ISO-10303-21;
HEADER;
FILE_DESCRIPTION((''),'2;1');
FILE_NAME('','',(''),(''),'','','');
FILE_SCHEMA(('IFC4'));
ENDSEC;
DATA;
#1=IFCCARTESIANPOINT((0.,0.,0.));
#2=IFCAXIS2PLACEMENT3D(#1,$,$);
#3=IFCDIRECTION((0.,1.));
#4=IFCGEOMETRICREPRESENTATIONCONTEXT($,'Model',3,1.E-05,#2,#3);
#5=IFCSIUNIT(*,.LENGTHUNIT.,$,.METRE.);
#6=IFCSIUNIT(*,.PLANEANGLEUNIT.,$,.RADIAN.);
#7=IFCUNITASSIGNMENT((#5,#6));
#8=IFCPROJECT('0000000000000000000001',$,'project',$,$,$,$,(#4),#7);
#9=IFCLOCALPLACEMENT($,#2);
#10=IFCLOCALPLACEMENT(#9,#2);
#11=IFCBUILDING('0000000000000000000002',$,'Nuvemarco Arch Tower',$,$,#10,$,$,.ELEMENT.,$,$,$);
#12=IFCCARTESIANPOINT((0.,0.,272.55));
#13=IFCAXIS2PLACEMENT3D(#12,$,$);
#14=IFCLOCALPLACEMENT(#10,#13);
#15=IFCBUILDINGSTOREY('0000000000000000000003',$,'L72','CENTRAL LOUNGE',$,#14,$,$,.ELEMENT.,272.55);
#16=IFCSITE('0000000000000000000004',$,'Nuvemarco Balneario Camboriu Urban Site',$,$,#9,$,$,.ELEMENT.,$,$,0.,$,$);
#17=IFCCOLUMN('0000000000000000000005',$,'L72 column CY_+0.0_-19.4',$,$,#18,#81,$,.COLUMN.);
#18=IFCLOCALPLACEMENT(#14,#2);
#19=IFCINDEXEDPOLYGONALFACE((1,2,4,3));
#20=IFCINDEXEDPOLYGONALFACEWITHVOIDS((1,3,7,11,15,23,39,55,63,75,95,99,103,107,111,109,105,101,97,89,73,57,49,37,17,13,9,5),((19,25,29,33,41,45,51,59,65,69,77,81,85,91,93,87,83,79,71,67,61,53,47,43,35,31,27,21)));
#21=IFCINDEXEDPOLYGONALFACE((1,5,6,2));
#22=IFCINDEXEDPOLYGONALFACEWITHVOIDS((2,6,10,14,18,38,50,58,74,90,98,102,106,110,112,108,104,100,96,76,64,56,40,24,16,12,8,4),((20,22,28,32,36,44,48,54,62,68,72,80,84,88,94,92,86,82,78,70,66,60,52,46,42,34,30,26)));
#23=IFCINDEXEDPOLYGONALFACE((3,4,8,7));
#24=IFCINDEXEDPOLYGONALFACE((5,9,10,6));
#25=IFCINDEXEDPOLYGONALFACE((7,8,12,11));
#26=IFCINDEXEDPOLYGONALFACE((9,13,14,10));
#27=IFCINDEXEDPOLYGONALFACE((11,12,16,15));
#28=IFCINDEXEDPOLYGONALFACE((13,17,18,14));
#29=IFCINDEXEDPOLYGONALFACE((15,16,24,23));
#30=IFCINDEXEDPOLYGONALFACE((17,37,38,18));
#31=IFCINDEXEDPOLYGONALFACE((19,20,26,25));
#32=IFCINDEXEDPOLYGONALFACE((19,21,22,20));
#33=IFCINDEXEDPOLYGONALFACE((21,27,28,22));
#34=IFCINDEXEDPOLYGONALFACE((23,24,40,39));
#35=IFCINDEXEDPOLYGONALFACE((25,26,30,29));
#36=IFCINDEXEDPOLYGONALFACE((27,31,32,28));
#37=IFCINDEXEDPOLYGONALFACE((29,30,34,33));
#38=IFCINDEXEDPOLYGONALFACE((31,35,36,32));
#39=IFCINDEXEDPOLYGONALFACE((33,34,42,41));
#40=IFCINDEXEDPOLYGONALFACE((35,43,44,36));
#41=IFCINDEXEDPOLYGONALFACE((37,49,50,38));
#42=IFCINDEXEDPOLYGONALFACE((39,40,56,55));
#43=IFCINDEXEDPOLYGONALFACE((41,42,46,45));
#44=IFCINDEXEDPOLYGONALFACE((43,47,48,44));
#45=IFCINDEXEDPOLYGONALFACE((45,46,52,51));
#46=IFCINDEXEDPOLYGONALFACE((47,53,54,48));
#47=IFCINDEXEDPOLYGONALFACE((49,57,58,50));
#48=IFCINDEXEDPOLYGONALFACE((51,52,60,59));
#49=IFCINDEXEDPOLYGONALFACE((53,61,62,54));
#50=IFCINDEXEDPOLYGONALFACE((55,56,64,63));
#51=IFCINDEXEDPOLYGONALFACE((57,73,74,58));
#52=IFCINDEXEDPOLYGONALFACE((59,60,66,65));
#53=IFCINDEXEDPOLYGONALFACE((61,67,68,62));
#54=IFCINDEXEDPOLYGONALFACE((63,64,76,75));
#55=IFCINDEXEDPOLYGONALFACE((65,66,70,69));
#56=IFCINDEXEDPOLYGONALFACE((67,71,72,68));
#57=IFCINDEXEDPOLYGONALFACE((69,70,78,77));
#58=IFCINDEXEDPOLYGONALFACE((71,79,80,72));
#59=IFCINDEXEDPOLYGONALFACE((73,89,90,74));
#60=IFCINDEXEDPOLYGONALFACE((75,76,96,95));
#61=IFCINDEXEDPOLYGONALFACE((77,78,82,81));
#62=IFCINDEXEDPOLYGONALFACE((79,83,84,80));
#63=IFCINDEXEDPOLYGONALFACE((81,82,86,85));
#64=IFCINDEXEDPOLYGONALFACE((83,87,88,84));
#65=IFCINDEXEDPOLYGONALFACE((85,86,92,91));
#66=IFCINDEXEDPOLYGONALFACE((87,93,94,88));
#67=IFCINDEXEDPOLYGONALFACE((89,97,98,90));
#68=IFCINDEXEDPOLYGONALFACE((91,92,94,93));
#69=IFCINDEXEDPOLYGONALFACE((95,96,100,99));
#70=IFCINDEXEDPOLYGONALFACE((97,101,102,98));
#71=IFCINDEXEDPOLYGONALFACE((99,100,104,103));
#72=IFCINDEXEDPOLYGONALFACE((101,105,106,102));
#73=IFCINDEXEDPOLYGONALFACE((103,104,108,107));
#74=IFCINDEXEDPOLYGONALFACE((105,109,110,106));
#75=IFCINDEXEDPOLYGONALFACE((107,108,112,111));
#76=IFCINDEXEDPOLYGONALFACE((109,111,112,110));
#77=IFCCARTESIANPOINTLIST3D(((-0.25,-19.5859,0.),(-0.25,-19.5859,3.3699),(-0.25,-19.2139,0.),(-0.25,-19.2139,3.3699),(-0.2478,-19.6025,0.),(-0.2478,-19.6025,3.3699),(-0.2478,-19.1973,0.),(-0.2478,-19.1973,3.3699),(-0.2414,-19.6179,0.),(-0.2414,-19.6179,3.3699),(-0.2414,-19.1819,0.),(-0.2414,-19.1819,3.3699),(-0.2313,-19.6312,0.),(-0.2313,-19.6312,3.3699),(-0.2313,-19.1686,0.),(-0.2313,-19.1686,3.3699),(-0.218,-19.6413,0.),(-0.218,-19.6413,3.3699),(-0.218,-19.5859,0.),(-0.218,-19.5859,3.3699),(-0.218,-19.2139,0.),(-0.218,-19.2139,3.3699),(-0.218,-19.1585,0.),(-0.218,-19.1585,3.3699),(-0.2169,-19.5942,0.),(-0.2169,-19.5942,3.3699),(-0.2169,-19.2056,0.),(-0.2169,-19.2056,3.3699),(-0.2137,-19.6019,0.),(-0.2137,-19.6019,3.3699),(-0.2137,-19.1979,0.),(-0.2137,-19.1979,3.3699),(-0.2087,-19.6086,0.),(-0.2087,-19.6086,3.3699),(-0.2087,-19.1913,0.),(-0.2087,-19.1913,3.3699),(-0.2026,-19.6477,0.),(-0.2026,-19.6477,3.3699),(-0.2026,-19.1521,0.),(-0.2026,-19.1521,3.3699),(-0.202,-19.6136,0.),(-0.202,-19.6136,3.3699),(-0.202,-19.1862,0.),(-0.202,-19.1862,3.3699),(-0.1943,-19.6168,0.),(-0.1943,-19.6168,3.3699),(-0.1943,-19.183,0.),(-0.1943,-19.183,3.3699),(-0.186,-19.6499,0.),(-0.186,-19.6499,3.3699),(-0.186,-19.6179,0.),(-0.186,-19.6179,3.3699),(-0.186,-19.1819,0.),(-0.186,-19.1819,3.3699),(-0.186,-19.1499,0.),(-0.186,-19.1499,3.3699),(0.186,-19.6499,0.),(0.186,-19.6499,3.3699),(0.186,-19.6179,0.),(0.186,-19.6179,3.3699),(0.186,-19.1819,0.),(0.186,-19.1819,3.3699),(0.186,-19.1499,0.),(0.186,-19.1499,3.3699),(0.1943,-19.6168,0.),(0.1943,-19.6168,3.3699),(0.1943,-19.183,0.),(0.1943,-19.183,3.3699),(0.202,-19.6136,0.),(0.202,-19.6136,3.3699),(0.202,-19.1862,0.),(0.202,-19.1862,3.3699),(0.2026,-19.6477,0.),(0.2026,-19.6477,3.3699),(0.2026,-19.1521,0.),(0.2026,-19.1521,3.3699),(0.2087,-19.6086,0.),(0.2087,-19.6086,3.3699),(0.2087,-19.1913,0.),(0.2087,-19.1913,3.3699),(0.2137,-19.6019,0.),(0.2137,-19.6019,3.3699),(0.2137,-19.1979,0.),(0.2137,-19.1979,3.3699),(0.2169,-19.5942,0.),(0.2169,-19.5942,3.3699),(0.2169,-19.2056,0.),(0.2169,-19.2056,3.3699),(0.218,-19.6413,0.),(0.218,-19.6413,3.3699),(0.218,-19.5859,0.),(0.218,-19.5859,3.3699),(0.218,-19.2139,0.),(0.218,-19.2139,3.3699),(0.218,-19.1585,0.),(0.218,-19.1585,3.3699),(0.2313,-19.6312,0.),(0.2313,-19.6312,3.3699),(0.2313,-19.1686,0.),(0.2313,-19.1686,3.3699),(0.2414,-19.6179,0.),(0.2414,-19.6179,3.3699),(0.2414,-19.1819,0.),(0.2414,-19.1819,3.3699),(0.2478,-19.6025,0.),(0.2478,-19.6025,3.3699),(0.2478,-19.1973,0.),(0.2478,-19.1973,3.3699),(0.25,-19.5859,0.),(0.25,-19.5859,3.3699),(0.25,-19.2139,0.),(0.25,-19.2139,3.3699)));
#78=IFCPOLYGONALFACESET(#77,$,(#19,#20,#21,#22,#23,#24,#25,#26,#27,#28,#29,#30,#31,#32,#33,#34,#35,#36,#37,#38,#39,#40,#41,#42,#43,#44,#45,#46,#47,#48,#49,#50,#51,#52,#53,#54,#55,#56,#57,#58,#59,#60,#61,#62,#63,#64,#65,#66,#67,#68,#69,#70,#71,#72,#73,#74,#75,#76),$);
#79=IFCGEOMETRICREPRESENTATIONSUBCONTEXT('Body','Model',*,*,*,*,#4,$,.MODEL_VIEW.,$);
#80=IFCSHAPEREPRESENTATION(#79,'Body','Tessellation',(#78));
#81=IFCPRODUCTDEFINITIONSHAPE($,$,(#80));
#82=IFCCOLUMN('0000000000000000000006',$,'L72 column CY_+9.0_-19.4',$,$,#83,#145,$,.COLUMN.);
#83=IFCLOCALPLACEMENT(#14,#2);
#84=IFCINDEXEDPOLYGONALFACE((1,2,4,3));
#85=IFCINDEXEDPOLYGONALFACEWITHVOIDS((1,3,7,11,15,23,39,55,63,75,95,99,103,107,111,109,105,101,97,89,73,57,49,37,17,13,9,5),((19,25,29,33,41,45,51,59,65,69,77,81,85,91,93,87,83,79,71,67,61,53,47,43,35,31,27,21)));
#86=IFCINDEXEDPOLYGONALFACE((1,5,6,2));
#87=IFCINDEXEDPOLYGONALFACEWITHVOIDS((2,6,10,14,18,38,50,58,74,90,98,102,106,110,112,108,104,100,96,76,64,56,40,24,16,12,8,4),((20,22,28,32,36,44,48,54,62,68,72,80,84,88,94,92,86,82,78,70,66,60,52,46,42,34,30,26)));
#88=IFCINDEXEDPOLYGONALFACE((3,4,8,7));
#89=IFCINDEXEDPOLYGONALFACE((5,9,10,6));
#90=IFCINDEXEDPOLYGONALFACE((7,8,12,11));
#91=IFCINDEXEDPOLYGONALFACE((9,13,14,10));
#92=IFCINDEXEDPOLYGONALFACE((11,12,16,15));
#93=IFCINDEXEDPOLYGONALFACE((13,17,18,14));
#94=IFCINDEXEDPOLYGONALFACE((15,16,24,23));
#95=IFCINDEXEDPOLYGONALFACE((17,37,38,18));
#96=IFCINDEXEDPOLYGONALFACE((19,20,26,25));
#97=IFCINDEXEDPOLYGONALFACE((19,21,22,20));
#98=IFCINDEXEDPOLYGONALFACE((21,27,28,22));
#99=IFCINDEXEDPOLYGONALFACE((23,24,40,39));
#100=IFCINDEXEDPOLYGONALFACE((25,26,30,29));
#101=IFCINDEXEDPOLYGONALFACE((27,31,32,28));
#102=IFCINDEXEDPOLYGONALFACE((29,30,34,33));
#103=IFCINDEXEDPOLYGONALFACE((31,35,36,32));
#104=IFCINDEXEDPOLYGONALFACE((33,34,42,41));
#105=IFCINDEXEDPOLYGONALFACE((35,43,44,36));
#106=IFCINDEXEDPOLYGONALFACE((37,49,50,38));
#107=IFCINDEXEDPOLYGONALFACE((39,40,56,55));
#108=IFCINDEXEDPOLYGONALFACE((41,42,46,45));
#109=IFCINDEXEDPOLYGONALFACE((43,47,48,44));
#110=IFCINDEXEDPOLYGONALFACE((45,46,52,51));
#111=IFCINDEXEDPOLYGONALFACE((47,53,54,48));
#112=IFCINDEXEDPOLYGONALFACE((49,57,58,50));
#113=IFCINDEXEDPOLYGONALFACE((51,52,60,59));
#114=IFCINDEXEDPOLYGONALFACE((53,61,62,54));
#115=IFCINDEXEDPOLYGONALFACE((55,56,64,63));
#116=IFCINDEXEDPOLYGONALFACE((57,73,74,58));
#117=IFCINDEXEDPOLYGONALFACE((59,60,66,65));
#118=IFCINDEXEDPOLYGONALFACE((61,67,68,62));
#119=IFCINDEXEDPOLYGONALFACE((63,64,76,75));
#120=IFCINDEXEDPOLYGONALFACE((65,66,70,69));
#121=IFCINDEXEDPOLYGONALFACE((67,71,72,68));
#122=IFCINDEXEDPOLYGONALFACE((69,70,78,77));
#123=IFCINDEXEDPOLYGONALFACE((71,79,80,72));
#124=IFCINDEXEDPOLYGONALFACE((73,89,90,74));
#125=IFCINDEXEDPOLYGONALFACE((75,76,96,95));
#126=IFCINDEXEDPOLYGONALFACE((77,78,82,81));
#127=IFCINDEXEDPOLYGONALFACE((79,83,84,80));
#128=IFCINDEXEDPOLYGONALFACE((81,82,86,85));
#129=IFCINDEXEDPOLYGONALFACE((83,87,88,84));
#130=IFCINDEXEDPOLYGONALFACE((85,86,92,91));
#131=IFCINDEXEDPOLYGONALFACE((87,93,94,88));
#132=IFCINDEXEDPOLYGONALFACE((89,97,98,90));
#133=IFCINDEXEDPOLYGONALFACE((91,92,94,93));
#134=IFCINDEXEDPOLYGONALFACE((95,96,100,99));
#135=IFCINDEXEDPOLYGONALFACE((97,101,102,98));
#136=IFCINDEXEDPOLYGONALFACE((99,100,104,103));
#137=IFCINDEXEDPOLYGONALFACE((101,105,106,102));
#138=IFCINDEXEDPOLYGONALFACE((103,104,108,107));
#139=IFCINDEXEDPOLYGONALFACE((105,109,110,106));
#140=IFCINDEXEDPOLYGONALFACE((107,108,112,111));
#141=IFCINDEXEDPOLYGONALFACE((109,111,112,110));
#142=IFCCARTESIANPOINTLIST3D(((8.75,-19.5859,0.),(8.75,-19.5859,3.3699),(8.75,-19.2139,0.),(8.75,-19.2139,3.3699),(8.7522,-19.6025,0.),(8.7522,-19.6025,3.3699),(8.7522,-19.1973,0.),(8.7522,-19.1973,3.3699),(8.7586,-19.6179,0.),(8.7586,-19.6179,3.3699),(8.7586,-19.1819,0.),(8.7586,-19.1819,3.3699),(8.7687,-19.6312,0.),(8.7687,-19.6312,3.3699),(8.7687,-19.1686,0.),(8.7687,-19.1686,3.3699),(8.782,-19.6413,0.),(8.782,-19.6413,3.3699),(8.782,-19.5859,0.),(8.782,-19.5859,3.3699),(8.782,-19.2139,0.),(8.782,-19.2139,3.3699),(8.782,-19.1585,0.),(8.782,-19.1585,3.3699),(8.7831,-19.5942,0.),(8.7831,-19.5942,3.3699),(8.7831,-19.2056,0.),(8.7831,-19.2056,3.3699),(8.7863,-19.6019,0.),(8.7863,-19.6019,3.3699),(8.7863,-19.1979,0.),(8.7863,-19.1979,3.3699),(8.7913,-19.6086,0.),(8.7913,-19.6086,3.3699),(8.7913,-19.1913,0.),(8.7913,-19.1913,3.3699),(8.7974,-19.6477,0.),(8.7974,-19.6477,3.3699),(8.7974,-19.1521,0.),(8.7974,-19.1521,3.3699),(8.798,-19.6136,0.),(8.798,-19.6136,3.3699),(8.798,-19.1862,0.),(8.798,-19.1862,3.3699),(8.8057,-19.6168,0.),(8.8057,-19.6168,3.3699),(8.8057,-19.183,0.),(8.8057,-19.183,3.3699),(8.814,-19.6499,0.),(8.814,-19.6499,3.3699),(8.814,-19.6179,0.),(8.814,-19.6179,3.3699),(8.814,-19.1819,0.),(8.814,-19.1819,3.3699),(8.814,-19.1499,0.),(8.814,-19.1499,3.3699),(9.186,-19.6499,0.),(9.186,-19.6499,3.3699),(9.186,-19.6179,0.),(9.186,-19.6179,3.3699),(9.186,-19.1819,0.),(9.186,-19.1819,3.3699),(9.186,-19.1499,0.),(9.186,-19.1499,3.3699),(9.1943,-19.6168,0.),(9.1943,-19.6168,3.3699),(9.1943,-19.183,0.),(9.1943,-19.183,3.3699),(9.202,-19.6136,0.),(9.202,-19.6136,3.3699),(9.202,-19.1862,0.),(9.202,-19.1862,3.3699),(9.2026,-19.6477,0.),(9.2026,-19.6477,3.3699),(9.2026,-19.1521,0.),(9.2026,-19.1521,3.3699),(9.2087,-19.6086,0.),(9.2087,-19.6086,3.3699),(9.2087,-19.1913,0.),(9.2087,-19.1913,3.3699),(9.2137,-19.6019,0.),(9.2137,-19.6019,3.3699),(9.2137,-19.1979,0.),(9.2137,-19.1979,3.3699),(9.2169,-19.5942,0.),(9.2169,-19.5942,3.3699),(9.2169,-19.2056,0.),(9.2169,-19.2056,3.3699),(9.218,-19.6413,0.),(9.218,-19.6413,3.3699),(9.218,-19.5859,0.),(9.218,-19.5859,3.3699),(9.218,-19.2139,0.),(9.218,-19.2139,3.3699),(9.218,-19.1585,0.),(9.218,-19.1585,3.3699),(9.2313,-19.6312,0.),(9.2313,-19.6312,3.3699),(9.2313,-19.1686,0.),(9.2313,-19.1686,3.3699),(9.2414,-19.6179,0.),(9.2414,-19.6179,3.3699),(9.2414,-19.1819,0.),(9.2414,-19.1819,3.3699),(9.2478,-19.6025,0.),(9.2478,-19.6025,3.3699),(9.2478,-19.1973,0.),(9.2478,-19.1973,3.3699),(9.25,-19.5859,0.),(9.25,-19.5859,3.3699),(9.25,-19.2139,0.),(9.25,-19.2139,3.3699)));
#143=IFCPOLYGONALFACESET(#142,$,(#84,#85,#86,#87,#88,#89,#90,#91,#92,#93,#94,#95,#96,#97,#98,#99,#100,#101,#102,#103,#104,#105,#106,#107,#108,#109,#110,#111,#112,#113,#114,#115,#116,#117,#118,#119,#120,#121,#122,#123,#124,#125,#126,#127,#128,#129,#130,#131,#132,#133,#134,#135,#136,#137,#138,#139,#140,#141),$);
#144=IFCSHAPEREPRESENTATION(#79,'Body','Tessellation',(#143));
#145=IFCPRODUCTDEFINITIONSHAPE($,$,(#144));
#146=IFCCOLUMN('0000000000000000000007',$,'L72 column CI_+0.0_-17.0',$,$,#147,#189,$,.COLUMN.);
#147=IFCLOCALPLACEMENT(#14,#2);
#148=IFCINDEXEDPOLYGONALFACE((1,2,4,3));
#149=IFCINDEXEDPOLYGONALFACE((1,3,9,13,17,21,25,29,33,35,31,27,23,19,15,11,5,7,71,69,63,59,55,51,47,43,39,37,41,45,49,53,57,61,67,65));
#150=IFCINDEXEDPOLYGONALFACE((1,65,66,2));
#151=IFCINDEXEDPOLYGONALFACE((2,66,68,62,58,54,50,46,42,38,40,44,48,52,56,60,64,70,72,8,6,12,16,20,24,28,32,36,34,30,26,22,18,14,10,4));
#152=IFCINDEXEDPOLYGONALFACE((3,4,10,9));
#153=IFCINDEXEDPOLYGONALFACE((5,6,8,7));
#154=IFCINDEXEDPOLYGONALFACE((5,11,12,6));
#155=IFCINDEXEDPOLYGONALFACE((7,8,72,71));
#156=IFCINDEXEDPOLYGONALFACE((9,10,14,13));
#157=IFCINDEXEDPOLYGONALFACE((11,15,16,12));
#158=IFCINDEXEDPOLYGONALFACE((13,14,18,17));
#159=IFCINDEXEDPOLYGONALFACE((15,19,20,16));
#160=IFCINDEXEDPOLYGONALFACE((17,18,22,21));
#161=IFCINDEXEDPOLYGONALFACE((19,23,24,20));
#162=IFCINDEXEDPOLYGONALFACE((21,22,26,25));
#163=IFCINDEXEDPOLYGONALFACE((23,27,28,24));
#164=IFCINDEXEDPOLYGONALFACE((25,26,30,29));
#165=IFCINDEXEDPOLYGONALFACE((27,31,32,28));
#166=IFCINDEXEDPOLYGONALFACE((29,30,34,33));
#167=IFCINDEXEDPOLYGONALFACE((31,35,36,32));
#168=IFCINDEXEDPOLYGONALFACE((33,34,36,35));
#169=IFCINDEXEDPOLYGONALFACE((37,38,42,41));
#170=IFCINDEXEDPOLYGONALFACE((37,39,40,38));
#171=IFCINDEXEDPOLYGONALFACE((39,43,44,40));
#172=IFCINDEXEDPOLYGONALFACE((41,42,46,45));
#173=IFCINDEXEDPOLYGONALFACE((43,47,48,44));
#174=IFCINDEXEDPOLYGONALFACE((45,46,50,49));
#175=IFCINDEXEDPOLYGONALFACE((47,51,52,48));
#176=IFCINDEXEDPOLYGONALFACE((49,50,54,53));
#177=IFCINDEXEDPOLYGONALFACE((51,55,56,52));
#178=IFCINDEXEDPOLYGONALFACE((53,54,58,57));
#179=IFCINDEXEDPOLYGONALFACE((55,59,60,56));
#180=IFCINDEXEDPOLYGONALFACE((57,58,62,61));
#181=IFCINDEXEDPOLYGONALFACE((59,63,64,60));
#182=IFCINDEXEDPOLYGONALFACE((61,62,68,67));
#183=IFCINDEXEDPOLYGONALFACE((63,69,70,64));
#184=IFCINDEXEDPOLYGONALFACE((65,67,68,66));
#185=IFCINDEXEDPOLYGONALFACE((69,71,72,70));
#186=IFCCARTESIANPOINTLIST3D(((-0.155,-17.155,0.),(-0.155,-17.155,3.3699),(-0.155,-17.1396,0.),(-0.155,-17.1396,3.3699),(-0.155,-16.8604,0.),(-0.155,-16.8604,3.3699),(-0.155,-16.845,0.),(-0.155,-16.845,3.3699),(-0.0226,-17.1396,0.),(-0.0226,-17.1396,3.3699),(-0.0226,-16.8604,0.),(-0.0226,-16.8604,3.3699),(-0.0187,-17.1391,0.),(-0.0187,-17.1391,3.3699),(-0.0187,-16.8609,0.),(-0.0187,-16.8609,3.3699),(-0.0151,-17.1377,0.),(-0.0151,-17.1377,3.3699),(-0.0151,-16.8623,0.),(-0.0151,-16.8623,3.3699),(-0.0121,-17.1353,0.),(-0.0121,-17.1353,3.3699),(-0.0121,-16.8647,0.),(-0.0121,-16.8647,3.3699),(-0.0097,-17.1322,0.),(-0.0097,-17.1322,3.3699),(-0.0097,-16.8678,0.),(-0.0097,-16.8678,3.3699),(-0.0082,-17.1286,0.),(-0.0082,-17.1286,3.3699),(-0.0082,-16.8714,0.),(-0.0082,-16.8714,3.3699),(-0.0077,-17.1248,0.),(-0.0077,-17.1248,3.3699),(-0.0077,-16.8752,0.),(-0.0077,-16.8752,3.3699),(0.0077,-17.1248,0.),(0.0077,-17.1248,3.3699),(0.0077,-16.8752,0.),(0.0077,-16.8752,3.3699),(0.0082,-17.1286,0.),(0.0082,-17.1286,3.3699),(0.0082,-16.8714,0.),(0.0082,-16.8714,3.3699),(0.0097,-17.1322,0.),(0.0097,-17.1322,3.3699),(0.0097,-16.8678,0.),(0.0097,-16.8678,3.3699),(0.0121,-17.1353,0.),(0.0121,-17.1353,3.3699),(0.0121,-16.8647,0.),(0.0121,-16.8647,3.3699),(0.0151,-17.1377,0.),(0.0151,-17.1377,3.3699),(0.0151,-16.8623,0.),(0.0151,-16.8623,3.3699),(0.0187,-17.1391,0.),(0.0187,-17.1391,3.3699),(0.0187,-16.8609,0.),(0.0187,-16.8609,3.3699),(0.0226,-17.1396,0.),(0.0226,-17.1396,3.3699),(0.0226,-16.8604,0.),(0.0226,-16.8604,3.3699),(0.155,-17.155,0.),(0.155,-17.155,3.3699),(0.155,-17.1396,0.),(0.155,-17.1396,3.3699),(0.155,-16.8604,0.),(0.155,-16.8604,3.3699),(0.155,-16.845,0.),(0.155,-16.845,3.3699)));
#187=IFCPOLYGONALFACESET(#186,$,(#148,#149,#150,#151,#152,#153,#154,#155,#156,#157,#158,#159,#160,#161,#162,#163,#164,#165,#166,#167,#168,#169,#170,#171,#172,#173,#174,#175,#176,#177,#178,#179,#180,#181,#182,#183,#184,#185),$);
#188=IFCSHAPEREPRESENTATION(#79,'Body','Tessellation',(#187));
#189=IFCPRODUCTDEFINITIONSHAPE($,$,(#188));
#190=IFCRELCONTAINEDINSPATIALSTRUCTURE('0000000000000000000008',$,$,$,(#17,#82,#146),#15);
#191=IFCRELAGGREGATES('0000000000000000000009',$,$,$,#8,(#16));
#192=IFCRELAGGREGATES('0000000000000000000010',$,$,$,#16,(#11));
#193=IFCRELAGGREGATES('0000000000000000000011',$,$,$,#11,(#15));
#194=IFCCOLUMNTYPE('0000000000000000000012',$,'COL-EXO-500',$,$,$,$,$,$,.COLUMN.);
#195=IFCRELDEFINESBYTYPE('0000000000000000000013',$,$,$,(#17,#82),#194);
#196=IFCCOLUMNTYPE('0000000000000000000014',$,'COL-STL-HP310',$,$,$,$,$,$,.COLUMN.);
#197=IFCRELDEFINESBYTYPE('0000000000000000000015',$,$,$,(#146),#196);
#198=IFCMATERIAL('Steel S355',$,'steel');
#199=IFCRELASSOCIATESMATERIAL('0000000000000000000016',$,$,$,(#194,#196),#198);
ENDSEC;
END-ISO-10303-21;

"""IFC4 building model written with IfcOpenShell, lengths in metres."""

from ifc_helpers import new_model, si_unit, direction, frame, origin, origin_2d, place, context, subcontext, project, spatial, hollow_rectangle, i_section, extrude, material, material_profile, profile_set, type_object, element, save


model = new_model("IFC4")

# Units and contexts
model_context = context("Model", 3, precision=1e-05, world=origin(), true_north=direction((0.0, 1.0)))
body_context = subcontext(model_context, "Body", "Model", "MODEL_VIEW")
ifc_project = project(units=[si_unit("LENGTHUNIT", "METRE"), si_unit("PLANEANGLEUNIT", "RADIAN")], contexts=[model_context])

# Site, building, storey
site_placement = place(None, origin())
site = spatial("IfcSite", under=ifc_project, at=site_placement, Name="Nuvemarco Balneario Camboriu Urban Site", CompositionType="ELEMENT", RefElevation=0.0)
building_placement = place(site_placement, origin())
building = spatial("IfcBuilding", under=site, at=building_placement, Name="Nuvemarco Arch Tower", CompositionType="ELEMENT")
storey_placement = place(building_placement, frame((0.0, 0.0, 272.55)))
storey = spatial("IfcBuildingStorey", under=building, at=storey_placement, Name="L72", Description="CENTRAL LOUNGE", CompositionType="ELEMENT", Elevation=272.55)

# Columns
ifc_material_1 = material(Name="Steel S355", Category="steel")
ifc_material_profile_1 = material_profile(ifc_material_1, hollow_rectangle(XDim=0.5, YDim=0.5, WallThickness=0.032, InnerFilletRadius=0.032, OuterFilletRadius=0.064, at=origin_2d()), Name="SHS500x500x32")
ifc_profile_set_1 = profile_set([ifc_material_profile_1], Name="Steel S355")
column_type_1 = type_object("IfcColumnType", Name="COL-EXO-500", PredefinedType="COLUMN", material=ifc_profile_set_1)
for number, where, z_axis, x_axis, name in (
    (1, (0.0, -19.3999, 0.0), (0.0, 0.0, 1.0), (1.0, 0.0, 0.0), "L72 column CY_+0.0_-19.4"),
    (2, (9.0, -19.3999, 0.0), (0.0, 0.0, 1.0), (1.0, 0.0, 0.0), "L72 column CY_+9.0_-19.4"),
):
    element("IfcColumn", number, at=place(storey_placement, frame(where, z_axis=z_axis, x_axis=x_axis)), inside=storey, type_object=column_type_1, Name=name, PredefinedType="COLUMN", context=body_context, shape_type="SweptSolid", body=[
        extrude(hollow_rectangle(XDim=0.5, YDim=0.5, WallThickness=0.032, InnerFilletRadius=0.032, OuterFilletRadius=0.064, at=origin_2d()), origin(), (0.0, 0.0, 1.0), 3.3699),
    ])
ifc_material_profile_2 = material_profile(ifc_material_1, i_section(OverallWidth=0.3101, OverallDepth=0.3101, WebThickness=0.0154, FlangeThickness=0.0154, FilletRadius=0.0149, at=origin_2d()), Name="HP310x110")
ifc_profile_set_2 = profile_set([ifc_material_profile_2], Name="Steel S355")
column_type_2 = type_object("IfcColumnType", Name="COL-STL-HP310", PredefinedType="COLUMN", material=ifc_profile_set_2)
for number, where, z_axis, x_axis, name in (
    (3, (0.0, -17.0, 0.0), (0.0, 0.0, 1.0), (1.0, 0.0, 0.0), "L72 column CI_+0.0_-17.0"),
):
    element("IfcColumn", number, at=place(storey_placement, frame(where, z_axis=z_axis, x_axis=x_axis)), inside=storey, type_object=column_type_2, Name=name, PredefinedType="COLUMN", context=body_context, shape_type="SweptSolid", body=[
        extrude(i_section(OverallWidth=0.3101, OverallDepth=0.3101, WebThickness=0.0154, FlangeThickness=0.0154, FilletRadius=0.0149, at=origin_2d()), origin(), (0.0, 0.0, 1.0), 3.3699),
    ])

save(model, "model.ifc")
